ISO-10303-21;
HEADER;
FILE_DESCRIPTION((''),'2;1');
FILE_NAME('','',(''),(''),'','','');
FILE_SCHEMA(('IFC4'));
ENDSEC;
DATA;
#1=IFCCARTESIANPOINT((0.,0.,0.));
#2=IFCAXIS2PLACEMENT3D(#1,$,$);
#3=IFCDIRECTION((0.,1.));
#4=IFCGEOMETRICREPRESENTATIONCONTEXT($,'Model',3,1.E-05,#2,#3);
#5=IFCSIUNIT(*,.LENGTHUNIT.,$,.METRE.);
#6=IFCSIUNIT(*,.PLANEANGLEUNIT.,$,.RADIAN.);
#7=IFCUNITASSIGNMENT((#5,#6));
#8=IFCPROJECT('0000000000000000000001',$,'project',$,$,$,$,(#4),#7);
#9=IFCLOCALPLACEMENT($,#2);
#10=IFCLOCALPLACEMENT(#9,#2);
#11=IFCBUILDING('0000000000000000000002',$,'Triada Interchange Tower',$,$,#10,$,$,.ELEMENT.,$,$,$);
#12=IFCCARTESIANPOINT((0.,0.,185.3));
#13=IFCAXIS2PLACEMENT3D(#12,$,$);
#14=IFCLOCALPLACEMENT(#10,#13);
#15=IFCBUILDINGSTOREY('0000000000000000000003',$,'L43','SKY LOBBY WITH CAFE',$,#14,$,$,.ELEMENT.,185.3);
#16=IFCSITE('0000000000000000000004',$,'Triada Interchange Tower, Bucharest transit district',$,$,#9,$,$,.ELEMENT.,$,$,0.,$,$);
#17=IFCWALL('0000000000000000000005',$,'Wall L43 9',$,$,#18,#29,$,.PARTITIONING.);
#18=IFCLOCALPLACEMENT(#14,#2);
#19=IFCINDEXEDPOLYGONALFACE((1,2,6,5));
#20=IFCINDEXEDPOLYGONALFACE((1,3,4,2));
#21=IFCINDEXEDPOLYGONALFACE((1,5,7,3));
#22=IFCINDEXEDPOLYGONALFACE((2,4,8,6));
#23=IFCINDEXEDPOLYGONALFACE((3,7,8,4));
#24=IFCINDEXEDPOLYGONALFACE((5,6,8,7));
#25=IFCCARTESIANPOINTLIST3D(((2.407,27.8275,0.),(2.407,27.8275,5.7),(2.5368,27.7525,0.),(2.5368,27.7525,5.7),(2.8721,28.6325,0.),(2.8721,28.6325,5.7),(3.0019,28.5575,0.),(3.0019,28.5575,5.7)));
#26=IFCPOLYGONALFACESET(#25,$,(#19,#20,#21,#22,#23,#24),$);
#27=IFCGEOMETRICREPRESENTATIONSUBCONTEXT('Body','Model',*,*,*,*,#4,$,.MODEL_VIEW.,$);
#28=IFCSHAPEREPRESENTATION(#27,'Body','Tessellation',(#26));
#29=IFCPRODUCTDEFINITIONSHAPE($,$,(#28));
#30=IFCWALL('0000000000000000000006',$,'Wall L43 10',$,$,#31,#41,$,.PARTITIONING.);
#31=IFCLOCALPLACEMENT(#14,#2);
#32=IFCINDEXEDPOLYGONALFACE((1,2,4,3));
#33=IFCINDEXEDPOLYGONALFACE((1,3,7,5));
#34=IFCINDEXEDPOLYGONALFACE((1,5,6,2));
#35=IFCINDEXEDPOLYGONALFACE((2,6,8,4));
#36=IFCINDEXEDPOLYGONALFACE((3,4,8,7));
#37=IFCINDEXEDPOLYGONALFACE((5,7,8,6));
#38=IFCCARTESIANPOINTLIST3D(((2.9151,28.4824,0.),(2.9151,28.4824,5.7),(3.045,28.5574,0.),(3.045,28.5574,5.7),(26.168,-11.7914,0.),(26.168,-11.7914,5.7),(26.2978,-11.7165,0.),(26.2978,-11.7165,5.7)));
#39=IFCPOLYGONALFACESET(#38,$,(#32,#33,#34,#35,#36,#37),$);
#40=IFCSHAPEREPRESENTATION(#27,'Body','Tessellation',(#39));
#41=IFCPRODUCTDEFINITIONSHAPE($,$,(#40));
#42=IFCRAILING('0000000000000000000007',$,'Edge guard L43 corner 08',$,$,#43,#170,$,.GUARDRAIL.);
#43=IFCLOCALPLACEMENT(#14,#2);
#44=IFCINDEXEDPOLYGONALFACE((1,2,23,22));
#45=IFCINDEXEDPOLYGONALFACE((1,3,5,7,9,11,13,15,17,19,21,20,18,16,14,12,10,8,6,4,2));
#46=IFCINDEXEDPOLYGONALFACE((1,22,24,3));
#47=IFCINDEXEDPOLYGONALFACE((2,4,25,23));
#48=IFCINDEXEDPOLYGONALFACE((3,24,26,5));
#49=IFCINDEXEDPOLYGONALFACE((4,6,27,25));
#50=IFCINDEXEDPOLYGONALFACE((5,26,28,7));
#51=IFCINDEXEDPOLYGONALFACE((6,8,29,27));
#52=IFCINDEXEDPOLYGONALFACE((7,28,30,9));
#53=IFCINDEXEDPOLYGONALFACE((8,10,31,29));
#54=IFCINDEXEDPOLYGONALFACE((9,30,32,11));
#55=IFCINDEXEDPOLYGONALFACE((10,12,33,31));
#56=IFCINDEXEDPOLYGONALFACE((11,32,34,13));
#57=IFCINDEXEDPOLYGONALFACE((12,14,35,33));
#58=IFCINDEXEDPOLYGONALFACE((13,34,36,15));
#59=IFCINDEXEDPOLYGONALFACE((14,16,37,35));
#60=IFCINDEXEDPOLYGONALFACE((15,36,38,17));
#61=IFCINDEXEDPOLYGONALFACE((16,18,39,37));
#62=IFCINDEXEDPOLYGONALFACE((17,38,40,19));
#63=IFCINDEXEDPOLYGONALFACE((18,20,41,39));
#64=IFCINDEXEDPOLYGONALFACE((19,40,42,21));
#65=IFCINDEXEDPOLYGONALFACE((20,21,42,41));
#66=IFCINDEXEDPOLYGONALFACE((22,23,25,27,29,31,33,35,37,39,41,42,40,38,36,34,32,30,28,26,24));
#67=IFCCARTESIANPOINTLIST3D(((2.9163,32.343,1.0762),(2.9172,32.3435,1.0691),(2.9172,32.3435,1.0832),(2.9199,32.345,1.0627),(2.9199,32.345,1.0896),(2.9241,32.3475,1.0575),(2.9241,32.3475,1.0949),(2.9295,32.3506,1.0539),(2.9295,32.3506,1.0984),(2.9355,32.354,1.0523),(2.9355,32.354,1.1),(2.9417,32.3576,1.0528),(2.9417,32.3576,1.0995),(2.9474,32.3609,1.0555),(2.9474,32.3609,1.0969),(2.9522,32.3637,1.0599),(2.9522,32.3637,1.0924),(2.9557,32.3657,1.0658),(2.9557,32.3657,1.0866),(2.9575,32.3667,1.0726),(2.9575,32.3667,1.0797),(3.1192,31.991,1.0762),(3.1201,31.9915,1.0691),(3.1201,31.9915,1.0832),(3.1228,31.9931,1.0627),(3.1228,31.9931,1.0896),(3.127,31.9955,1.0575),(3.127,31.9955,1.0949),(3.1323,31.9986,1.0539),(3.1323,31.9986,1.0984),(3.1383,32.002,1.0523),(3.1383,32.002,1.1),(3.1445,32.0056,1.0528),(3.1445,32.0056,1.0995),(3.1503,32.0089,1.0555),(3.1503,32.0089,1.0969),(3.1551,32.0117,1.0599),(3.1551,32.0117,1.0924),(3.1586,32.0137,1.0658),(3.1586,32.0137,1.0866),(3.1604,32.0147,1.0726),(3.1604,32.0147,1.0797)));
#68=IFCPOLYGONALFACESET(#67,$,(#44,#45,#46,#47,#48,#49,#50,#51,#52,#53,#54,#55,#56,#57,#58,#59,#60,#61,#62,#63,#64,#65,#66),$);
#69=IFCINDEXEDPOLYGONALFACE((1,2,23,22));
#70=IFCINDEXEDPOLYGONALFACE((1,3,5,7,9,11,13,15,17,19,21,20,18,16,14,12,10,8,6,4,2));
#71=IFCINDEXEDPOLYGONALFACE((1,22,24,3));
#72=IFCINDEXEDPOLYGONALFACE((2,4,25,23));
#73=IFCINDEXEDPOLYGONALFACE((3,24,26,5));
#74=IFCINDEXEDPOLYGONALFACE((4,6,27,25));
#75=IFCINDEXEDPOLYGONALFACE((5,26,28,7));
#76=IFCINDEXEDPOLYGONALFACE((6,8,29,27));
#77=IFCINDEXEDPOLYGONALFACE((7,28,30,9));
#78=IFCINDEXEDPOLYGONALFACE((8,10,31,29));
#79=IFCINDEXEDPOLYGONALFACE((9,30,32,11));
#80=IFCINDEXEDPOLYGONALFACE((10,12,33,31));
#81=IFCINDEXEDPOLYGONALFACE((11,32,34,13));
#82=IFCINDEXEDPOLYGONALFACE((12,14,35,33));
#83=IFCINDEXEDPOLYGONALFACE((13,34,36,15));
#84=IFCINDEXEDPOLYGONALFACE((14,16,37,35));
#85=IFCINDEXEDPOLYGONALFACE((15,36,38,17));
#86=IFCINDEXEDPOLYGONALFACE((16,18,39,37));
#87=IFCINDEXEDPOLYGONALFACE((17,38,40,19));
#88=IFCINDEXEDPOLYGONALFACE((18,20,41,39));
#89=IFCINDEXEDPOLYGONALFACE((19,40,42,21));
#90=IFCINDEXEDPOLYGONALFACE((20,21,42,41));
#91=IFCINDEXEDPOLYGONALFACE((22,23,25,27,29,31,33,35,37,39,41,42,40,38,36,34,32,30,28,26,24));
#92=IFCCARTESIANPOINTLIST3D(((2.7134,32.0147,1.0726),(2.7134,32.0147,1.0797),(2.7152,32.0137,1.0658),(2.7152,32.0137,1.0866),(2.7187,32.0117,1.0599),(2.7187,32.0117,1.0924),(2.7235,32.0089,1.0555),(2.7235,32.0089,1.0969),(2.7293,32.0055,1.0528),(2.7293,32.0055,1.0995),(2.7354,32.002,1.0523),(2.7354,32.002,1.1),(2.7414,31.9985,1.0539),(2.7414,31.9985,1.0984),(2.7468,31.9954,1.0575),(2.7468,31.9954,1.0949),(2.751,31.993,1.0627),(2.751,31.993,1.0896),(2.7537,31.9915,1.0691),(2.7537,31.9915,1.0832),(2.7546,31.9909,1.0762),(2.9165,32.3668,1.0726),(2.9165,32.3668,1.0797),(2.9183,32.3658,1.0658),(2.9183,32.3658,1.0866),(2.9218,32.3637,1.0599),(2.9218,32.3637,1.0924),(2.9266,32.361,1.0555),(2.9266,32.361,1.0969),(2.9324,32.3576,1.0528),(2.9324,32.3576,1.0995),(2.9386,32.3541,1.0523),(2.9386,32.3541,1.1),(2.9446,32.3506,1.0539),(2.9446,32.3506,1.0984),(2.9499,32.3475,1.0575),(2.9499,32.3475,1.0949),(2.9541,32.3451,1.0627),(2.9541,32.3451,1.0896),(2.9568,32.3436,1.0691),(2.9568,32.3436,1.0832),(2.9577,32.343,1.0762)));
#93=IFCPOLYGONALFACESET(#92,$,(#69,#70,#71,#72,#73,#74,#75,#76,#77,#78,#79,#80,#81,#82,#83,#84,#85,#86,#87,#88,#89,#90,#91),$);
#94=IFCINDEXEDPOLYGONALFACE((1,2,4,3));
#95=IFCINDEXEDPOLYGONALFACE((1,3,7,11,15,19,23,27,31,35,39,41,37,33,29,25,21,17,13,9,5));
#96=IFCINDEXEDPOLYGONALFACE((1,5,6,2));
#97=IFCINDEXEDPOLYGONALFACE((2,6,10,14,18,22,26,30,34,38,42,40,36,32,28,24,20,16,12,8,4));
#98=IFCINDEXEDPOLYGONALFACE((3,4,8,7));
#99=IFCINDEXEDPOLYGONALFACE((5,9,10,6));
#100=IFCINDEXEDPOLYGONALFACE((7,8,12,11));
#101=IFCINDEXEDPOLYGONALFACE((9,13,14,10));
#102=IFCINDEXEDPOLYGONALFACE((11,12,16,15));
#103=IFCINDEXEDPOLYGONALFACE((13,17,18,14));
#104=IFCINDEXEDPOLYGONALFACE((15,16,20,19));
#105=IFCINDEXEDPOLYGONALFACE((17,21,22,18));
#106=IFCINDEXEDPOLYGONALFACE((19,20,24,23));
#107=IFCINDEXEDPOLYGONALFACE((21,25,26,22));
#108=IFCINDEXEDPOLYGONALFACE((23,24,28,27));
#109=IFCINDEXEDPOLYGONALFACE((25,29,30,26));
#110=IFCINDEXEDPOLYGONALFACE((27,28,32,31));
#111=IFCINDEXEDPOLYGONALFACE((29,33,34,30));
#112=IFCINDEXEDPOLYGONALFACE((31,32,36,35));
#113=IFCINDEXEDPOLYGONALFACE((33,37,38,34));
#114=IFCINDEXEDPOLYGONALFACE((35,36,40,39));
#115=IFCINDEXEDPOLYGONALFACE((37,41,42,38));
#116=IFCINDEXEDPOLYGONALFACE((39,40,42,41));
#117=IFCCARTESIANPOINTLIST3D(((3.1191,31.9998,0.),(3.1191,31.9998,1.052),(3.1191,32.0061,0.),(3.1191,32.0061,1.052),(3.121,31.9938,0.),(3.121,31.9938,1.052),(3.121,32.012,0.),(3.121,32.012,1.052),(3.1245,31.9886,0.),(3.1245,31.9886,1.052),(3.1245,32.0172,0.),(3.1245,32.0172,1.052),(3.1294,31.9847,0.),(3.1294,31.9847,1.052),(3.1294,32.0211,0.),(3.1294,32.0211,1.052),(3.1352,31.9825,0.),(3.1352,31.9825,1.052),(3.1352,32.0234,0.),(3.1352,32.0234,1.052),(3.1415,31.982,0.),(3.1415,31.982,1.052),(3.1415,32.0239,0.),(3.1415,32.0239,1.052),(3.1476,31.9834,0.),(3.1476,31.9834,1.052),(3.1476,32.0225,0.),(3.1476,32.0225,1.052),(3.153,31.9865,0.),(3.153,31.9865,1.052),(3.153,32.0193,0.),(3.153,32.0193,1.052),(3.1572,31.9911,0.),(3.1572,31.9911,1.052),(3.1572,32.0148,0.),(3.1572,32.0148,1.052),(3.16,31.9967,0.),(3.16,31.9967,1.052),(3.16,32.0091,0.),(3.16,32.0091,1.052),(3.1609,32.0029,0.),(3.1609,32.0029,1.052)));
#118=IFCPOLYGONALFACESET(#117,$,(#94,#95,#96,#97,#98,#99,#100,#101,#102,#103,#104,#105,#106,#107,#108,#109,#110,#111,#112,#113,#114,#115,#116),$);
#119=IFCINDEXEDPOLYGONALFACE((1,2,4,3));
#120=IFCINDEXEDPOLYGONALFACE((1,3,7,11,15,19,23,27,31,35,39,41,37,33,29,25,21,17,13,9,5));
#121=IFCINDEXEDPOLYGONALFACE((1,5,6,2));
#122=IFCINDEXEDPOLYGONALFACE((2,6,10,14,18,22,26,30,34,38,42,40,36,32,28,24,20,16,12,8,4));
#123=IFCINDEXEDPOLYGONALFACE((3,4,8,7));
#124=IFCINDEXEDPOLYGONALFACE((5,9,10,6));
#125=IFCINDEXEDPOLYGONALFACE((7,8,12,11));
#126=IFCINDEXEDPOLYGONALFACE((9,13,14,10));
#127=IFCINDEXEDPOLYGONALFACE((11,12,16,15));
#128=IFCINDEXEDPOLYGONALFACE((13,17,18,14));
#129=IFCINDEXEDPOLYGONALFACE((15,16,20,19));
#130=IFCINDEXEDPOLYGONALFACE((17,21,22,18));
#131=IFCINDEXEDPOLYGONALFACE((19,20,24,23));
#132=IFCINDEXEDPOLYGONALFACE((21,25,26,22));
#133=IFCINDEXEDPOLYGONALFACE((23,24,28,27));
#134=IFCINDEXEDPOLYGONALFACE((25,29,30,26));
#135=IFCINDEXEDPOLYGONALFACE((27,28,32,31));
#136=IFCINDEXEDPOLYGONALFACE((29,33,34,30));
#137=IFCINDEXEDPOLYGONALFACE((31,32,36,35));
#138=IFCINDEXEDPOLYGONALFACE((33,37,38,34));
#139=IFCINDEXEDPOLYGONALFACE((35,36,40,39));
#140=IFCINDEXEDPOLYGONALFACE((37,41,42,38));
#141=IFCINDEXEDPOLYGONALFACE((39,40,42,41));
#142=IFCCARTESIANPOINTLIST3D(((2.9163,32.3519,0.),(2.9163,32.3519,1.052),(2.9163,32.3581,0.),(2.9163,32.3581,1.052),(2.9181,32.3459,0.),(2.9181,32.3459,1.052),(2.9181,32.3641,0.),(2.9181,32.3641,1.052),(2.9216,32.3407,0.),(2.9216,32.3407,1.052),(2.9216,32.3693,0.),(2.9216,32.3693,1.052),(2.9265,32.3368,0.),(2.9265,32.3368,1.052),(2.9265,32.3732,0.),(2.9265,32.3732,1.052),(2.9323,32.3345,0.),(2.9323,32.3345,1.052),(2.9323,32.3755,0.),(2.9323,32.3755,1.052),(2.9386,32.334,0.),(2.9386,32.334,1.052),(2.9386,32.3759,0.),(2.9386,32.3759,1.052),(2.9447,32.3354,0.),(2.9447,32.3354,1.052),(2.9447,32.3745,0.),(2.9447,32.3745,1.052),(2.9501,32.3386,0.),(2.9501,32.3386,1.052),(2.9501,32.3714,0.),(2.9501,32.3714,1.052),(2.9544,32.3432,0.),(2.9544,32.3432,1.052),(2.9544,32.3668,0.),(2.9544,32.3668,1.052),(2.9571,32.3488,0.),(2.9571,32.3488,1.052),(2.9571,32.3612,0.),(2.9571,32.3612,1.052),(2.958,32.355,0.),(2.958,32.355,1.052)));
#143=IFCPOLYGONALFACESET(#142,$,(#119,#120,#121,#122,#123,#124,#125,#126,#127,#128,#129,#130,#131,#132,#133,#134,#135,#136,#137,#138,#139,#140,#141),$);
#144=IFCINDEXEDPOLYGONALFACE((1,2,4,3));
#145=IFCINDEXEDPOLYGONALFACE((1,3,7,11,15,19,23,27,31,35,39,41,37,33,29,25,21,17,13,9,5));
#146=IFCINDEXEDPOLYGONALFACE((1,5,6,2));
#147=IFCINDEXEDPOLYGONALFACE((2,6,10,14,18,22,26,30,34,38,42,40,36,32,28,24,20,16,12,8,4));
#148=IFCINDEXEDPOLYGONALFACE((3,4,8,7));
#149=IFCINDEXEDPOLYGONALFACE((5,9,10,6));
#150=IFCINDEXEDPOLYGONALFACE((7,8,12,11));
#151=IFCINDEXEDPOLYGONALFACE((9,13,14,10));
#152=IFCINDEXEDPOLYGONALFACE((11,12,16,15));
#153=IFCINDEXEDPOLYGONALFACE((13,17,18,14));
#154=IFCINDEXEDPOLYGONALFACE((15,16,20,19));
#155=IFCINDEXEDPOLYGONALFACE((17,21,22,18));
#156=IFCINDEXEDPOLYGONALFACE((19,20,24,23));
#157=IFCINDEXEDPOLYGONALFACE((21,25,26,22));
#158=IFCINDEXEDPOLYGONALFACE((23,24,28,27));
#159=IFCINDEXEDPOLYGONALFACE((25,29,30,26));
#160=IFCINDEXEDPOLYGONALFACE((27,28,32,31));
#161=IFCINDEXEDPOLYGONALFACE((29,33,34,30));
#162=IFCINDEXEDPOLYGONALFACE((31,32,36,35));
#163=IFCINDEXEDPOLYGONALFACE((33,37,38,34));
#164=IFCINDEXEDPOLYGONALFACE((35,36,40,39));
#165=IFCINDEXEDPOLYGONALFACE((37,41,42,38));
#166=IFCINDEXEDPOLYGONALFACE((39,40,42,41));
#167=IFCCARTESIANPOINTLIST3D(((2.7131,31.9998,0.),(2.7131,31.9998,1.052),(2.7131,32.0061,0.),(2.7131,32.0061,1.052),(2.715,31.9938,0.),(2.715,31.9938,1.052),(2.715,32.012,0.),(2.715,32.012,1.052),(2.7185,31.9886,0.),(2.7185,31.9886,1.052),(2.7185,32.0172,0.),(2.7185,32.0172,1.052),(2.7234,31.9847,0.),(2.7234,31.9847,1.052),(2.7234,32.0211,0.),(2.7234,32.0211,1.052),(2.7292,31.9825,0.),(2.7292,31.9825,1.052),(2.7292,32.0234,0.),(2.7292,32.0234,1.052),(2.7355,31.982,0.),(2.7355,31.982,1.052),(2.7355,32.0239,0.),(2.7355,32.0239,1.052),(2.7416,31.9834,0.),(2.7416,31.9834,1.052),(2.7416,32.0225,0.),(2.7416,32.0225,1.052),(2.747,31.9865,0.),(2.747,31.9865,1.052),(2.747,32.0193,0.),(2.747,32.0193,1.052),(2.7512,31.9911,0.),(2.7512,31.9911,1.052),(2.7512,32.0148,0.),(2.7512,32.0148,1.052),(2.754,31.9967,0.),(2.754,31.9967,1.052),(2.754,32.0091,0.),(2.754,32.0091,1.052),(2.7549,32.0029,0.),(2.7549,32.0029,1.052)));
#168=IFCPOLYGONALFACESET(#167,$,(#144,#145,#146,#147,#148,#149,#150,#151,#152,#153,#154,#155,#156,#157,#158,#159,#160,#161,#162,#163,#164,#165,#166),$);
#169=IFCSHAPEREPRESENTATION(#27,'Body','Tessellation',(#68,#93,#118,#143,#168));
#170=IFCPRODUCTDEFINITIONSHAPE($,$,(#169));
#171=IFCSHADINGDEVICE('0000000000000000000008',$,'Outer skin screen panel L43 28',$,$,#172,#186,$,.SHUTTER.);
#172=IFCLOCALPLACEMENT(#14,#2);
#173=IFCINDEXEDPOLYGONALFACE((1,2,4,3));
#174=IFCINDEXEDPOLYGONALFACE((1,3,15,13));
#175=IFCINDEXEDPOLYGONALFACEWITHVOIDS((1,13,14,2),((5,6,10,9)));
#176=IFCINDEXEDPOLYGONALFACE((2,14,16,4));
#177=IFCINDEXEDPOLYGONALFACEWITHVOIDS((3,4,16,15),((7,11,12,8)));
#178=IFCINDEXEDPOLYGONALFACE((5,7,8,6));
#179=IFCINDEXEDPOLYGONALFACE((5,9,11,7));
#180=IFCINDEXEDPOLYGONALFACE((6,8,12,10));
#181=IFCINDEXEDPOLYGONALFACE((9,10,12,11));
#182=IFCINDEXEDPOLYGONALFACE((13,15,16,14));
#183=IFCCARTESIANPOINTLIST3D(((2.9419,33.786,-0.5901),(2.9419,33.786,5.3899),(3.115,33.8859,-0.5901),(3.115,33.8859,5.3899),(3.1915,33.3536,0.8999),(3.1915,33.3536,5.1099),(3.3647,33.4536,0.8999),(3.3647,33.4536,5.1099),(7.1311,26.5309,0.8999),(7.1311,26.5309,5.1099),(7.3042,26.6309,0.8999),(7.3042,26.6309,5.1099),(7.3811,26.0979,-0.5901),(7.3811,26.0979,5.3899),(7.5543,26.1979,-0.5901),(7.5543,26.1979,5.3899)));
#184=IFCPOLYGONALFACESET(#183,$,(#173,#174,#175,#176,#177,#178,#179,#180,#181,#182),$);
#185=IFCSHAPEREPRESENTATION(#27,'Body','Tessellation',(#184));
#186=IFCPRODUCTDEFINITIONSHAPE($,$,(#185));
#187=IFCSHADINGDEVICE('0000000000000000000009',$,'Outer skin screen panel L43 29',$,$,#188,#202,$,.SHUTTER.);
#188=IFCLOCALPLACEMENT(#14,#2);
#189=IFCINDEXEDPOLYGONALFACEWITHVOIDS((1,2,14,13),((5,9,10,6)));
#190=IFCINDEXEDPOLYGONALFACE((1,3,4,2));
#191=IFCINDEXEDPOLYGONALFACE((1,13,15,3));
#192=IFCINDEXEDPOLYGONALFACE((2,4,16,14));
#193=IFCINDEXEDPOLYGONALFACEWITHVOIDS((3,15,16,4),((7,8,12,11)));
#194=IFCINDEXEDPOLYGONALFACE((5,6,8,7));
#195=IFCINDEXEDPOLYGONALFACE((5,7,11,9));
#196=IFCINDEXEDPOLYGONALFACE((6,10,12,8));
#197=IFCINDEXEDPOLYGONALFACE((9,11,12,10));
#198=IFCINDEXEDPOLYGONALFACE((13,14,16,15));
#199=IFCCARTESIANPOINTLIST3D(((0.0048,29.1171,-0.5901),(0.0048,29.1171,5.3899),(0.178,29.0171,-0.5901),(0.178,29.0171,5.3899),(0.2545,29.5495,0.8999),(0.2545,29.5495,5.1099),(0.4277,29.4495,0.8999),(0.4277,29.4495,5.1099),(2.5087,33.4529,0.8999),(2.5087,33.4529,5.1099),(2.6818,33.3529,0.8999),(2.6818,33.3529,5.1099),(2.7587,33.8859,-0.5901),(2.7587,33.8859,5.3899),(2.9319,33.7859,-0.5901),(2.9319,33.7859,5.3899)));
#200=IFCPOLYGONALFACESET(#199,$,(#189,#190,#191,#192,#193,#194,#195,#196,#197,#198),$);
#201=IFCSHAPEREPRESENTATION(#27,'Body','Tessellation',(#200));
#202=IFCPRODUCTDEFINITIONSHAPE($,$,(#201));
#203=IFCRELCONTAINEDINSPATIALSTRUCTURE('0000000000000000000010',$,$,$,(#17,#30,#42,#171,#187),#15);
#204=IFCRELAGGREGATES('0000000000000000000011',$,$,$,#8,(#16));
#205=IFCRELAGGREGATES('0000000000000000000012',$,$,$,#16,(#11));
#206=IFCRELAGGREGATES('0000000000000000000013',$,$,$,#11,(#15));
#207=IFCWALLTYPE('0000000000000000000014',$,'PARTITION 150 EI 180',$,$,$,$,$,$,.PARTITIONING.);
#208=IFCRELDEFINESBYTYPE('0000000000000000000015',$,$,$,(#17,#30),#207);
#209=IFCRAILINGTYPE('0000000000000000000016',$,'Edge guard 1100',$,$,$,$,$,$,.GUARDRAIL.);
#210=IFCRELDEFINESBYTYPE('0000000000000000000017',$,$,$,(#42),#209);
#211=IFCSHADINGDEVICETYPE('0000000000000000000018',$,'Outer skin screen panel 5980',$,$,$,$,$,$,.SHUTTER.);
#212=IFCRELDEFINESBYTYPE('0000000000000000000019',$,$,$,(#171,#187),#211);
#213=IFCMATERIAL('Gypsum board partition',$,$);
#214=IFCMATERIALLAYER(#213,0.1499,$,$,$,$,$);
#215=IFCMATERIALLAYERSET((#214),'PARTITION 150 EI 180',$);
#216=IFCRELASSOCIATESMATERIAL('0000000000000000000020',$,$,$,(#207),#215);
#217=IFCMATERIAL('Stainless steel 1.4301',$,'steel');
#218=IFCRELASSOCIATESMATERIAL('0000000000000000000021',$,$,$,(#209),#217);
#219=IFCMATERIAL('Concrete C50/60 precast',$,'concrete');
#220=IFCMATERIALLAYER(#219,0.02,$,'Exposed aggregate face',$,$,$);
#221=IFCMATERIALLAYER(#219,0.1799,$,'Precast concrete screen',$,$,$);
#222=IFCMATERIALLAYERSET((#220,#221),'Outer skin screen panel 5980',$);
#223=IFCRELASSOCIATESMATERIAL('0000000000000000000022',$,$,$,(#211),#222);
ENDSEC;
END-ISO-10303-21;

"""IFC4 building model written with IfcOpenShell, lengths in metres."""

from ifc_helpers import new_model, si_unit, direction, frame, frame_2d, origin, origin_2d, place, context, subcontext, project, spatial, polyline, rectangle, circle, outline, extrude, material, layer, layer_set, type_object, element, save


model = new_model("IFC4")

# Units and contexts
model_context = context("Model", 3, precision=1e-05, world=origin(), true_north=direction((0.0, 1.0)))
body_context = subcontext(model_context, "Body", "Model", "MODEL_VIEW")
ifc_project = project(units=[si_unit("LENGTHUNIT", "METRE"), si_unit("PLANEANGLEUNIT", "RADIAN")], contexts=[model_context])

# Site, building, storey
site_placement = place(None, origin())
site = spatial("IfcSite", under=ifc_project, at=site_placement, Name="Triada Interchange Tower, Bucharest transit district", CompositionType="ELEMENT", RefElevation=0.0)
building_placement = place(site_placement, origin())
building = spatial("IfcBuilding", under=site, at=building_placement, Name="Triada Interchange Tower", CompositionType="ELEMENT")
storey_placement = place(building_placement, frame((0.0, 0.0, 185.3)))
storey = spatial("IfcBuildingStorey", under=building, at=storey_placement, Name="L43", Description="SKY LOBBY WITH CAFE", CompositionType="ELEMENT", Elevation=185.3)

# Walls
ifc_material_1 = material(Name="Gypsum board partition")
ifc_layer_1 = layer(ifc_material_1, 0.1499)
ifc_layer_set_1 = layer_set([ifc_layer_1], Name="PARTITION 150 EI 180")
wall_type = type_object("IfcWallType", Name="PARTITION 150 EI 180", PredefinedType="PARTITIONING", material=ifc_layer_set_1)
wall_1_placement = place(storey_placement, frame((2.4719, 27.79, 0.0), z_axis=(0.0, 0.0, 1.0), x_axis=(0.500291, 0.865857, 0.0)))
element("IfcWall", 1, at=wall_1_placement, inside=storey, type_object=wall_type, Name="Wall L43 9", PredefinedType="PARTITIONING", context=body_context, shape_type="SweptSolid", body=[
    extrude(rectangle(XDim=0.9297, YDim=0.1499, at=frame_2d((0.4648, 0.0))), origin(), (0.0, 0.0, 1.0), 5.7),
])
wall_2_placement = place(storey_placement, frame((2.98, 28.52, 0.0), z_axis=(0.0, 0.0, 1.0), x_axis=(0.500012, -0.866018, 0.0)))
element("IfcWall", 2, at=wall_2_placement, inside=storey, type_object=wall_type, Name="Wall L43 10", PredefinedType="PARTITIONING", context=body_context, shape_type="SweptSolid", body=[
    extrude(rectangle(XDim=46.5046, YDim=0.1499, at=frame_2d((23.2524, 0.0))), origin(), (0.0, 0.0, 1.0), 5.7),
])

# Railing
ifc_material_2 = material(Name="Stainless steel 1.4301", Category="steel")
railing_type = type_object("IfcRailingType", Name="Edge guard 1100", PredefinedType="GUARDRAIL", material=ifc_material_2)
railing_placement = place(storey_placement, frame((3.1399, 32.0029, 0.0)))
element("IfcRailing", 3, at=railing_placement, inside=storey, type_object=railing_type, Name="Edge guard L43 corner 08", PredefinedType="GUARDRAIL", context=body_context, shape_type="SweptSolid", body=[
    extrude(circle(Radius=0.0239, at=origin_2d()), frame((0.0, 0.0, 1.0762), z_axis=(-0.499306, 0.866426, 0.0), x_axis=(-0.866426, -0.499306, 0.0)), (0.0, 0.0, 1.0), 0.4062),
    extrude(circle(Radius=0.0239, at=origin_2d()), frame((-0.2029, 0.3521, 1.0762), z_axis=(-0.499757, -0.866166, 0.0), x_axis=(0.866166, -0.499757, 0.0)), (0.0, 0.0, 1.0), 0.4065),
    extrude(circle(Radius=0.021, at=origin_2d()), origin(), (0.0, 0.0, 1.0), 1.052),
    extrude(circle(Radius=0.021, at=origin_2d()), frame((-0.2029, 0.3521, 0.0)), (0.0, 0.0, 1.0), 1.052),
    extrude(circle(Radius=0.021, at=origin_2d()), frame((-0.406, 0.0, 0.0)), (0.0, 0.0, 1.0), 1.052),
])

# Shading devices
ifc_material_3 = material(Name="Concrete C50/60 precast", Category="concrete")
ifc_layer_2 = layer(ifc_material_3, 0.02, Name="Exposed aggregate face")
ifc_layer_3 = layer(ifc_material_3, 0.1799, Name="Precast concrete screen")
ifc_layer_set_2 = layer_set([ifc_layer_2, ifc_layer_3], Name="Outer skin screen panel 5980")
shading_device_type = type_object("IfcShadingDeviceType", Name="Outer skin screen panel 5980", PredefinedType="SHUTTER", material=ifc_layer_set_2)
shading_device_1_placement = place(storey_placement, frame((7.3811, 26.0979, -0.5901), z_axis=(0.0, 0.0, 1.0), x_axis=(-0.500046, 0.865999, 0.0)))
element("IfcShadingDevice", 4, at=shading_device_1_placement, inside=storey, type_object=shading_device_type, Name="Outer skin screen panel L43 28", PredefinedType="SHUTTER", context=body_context, shape_type="SweptSolid", body=[
    extrude(outline(polyline([(0.0, 0.0), (8.8777, 0.0), (8.8777, 5.98), (0.0, 5.98), (0.0, 0.0)]), holes=[polyline([(0.5, 1.49), (0.5, 5.7), (8.3784, 5.7), (8.3784, 1.49), (0.5, 1.49)])]), frame((0.0, 0.0, 0.0), z_axis=(0.0, -1.0, 0.0), x_axis=(1.0, 0.0, 0.0)), (0.0, 0.0, 1.0), 0.2),
])
shading_device_2_placement = place(storey_placement, frame((2.9319, 33.7859, -0.5901), z_axis=(0.0, 0.0, 1.0), x_axis=(-0.500087, -0.865975, 0.0)))
element("IfcShadingDevice", 5, at=shading_device_2_placement, inside=storey, type_object=shading_device_type, Name="Outer skin screen panel L43 29", PredefinedType="SHUTTER", context=body_context, shape_type="SweptSolid", body=[
    extrude(outline(polyline([(0.0, 0.0), (5.5068, 0.0), (5.5068, 5.98), (0.0, 5.98), (0.0, 0.0)]), holes=[polyline([(0.5, 1.49), (0.5, 5.7), (5.0076, 5.7), (5.0076, 1.49), (0.5, 1.49)])]), frame((0.0, 0.0, 0.0), z_axis=(0.0, -1.0, 0.0), x_axis=(1.0, 0.0, 0.0)), (0.0, 0.0, 1.0), 0.2),
])

save(model, "model.ifc")
